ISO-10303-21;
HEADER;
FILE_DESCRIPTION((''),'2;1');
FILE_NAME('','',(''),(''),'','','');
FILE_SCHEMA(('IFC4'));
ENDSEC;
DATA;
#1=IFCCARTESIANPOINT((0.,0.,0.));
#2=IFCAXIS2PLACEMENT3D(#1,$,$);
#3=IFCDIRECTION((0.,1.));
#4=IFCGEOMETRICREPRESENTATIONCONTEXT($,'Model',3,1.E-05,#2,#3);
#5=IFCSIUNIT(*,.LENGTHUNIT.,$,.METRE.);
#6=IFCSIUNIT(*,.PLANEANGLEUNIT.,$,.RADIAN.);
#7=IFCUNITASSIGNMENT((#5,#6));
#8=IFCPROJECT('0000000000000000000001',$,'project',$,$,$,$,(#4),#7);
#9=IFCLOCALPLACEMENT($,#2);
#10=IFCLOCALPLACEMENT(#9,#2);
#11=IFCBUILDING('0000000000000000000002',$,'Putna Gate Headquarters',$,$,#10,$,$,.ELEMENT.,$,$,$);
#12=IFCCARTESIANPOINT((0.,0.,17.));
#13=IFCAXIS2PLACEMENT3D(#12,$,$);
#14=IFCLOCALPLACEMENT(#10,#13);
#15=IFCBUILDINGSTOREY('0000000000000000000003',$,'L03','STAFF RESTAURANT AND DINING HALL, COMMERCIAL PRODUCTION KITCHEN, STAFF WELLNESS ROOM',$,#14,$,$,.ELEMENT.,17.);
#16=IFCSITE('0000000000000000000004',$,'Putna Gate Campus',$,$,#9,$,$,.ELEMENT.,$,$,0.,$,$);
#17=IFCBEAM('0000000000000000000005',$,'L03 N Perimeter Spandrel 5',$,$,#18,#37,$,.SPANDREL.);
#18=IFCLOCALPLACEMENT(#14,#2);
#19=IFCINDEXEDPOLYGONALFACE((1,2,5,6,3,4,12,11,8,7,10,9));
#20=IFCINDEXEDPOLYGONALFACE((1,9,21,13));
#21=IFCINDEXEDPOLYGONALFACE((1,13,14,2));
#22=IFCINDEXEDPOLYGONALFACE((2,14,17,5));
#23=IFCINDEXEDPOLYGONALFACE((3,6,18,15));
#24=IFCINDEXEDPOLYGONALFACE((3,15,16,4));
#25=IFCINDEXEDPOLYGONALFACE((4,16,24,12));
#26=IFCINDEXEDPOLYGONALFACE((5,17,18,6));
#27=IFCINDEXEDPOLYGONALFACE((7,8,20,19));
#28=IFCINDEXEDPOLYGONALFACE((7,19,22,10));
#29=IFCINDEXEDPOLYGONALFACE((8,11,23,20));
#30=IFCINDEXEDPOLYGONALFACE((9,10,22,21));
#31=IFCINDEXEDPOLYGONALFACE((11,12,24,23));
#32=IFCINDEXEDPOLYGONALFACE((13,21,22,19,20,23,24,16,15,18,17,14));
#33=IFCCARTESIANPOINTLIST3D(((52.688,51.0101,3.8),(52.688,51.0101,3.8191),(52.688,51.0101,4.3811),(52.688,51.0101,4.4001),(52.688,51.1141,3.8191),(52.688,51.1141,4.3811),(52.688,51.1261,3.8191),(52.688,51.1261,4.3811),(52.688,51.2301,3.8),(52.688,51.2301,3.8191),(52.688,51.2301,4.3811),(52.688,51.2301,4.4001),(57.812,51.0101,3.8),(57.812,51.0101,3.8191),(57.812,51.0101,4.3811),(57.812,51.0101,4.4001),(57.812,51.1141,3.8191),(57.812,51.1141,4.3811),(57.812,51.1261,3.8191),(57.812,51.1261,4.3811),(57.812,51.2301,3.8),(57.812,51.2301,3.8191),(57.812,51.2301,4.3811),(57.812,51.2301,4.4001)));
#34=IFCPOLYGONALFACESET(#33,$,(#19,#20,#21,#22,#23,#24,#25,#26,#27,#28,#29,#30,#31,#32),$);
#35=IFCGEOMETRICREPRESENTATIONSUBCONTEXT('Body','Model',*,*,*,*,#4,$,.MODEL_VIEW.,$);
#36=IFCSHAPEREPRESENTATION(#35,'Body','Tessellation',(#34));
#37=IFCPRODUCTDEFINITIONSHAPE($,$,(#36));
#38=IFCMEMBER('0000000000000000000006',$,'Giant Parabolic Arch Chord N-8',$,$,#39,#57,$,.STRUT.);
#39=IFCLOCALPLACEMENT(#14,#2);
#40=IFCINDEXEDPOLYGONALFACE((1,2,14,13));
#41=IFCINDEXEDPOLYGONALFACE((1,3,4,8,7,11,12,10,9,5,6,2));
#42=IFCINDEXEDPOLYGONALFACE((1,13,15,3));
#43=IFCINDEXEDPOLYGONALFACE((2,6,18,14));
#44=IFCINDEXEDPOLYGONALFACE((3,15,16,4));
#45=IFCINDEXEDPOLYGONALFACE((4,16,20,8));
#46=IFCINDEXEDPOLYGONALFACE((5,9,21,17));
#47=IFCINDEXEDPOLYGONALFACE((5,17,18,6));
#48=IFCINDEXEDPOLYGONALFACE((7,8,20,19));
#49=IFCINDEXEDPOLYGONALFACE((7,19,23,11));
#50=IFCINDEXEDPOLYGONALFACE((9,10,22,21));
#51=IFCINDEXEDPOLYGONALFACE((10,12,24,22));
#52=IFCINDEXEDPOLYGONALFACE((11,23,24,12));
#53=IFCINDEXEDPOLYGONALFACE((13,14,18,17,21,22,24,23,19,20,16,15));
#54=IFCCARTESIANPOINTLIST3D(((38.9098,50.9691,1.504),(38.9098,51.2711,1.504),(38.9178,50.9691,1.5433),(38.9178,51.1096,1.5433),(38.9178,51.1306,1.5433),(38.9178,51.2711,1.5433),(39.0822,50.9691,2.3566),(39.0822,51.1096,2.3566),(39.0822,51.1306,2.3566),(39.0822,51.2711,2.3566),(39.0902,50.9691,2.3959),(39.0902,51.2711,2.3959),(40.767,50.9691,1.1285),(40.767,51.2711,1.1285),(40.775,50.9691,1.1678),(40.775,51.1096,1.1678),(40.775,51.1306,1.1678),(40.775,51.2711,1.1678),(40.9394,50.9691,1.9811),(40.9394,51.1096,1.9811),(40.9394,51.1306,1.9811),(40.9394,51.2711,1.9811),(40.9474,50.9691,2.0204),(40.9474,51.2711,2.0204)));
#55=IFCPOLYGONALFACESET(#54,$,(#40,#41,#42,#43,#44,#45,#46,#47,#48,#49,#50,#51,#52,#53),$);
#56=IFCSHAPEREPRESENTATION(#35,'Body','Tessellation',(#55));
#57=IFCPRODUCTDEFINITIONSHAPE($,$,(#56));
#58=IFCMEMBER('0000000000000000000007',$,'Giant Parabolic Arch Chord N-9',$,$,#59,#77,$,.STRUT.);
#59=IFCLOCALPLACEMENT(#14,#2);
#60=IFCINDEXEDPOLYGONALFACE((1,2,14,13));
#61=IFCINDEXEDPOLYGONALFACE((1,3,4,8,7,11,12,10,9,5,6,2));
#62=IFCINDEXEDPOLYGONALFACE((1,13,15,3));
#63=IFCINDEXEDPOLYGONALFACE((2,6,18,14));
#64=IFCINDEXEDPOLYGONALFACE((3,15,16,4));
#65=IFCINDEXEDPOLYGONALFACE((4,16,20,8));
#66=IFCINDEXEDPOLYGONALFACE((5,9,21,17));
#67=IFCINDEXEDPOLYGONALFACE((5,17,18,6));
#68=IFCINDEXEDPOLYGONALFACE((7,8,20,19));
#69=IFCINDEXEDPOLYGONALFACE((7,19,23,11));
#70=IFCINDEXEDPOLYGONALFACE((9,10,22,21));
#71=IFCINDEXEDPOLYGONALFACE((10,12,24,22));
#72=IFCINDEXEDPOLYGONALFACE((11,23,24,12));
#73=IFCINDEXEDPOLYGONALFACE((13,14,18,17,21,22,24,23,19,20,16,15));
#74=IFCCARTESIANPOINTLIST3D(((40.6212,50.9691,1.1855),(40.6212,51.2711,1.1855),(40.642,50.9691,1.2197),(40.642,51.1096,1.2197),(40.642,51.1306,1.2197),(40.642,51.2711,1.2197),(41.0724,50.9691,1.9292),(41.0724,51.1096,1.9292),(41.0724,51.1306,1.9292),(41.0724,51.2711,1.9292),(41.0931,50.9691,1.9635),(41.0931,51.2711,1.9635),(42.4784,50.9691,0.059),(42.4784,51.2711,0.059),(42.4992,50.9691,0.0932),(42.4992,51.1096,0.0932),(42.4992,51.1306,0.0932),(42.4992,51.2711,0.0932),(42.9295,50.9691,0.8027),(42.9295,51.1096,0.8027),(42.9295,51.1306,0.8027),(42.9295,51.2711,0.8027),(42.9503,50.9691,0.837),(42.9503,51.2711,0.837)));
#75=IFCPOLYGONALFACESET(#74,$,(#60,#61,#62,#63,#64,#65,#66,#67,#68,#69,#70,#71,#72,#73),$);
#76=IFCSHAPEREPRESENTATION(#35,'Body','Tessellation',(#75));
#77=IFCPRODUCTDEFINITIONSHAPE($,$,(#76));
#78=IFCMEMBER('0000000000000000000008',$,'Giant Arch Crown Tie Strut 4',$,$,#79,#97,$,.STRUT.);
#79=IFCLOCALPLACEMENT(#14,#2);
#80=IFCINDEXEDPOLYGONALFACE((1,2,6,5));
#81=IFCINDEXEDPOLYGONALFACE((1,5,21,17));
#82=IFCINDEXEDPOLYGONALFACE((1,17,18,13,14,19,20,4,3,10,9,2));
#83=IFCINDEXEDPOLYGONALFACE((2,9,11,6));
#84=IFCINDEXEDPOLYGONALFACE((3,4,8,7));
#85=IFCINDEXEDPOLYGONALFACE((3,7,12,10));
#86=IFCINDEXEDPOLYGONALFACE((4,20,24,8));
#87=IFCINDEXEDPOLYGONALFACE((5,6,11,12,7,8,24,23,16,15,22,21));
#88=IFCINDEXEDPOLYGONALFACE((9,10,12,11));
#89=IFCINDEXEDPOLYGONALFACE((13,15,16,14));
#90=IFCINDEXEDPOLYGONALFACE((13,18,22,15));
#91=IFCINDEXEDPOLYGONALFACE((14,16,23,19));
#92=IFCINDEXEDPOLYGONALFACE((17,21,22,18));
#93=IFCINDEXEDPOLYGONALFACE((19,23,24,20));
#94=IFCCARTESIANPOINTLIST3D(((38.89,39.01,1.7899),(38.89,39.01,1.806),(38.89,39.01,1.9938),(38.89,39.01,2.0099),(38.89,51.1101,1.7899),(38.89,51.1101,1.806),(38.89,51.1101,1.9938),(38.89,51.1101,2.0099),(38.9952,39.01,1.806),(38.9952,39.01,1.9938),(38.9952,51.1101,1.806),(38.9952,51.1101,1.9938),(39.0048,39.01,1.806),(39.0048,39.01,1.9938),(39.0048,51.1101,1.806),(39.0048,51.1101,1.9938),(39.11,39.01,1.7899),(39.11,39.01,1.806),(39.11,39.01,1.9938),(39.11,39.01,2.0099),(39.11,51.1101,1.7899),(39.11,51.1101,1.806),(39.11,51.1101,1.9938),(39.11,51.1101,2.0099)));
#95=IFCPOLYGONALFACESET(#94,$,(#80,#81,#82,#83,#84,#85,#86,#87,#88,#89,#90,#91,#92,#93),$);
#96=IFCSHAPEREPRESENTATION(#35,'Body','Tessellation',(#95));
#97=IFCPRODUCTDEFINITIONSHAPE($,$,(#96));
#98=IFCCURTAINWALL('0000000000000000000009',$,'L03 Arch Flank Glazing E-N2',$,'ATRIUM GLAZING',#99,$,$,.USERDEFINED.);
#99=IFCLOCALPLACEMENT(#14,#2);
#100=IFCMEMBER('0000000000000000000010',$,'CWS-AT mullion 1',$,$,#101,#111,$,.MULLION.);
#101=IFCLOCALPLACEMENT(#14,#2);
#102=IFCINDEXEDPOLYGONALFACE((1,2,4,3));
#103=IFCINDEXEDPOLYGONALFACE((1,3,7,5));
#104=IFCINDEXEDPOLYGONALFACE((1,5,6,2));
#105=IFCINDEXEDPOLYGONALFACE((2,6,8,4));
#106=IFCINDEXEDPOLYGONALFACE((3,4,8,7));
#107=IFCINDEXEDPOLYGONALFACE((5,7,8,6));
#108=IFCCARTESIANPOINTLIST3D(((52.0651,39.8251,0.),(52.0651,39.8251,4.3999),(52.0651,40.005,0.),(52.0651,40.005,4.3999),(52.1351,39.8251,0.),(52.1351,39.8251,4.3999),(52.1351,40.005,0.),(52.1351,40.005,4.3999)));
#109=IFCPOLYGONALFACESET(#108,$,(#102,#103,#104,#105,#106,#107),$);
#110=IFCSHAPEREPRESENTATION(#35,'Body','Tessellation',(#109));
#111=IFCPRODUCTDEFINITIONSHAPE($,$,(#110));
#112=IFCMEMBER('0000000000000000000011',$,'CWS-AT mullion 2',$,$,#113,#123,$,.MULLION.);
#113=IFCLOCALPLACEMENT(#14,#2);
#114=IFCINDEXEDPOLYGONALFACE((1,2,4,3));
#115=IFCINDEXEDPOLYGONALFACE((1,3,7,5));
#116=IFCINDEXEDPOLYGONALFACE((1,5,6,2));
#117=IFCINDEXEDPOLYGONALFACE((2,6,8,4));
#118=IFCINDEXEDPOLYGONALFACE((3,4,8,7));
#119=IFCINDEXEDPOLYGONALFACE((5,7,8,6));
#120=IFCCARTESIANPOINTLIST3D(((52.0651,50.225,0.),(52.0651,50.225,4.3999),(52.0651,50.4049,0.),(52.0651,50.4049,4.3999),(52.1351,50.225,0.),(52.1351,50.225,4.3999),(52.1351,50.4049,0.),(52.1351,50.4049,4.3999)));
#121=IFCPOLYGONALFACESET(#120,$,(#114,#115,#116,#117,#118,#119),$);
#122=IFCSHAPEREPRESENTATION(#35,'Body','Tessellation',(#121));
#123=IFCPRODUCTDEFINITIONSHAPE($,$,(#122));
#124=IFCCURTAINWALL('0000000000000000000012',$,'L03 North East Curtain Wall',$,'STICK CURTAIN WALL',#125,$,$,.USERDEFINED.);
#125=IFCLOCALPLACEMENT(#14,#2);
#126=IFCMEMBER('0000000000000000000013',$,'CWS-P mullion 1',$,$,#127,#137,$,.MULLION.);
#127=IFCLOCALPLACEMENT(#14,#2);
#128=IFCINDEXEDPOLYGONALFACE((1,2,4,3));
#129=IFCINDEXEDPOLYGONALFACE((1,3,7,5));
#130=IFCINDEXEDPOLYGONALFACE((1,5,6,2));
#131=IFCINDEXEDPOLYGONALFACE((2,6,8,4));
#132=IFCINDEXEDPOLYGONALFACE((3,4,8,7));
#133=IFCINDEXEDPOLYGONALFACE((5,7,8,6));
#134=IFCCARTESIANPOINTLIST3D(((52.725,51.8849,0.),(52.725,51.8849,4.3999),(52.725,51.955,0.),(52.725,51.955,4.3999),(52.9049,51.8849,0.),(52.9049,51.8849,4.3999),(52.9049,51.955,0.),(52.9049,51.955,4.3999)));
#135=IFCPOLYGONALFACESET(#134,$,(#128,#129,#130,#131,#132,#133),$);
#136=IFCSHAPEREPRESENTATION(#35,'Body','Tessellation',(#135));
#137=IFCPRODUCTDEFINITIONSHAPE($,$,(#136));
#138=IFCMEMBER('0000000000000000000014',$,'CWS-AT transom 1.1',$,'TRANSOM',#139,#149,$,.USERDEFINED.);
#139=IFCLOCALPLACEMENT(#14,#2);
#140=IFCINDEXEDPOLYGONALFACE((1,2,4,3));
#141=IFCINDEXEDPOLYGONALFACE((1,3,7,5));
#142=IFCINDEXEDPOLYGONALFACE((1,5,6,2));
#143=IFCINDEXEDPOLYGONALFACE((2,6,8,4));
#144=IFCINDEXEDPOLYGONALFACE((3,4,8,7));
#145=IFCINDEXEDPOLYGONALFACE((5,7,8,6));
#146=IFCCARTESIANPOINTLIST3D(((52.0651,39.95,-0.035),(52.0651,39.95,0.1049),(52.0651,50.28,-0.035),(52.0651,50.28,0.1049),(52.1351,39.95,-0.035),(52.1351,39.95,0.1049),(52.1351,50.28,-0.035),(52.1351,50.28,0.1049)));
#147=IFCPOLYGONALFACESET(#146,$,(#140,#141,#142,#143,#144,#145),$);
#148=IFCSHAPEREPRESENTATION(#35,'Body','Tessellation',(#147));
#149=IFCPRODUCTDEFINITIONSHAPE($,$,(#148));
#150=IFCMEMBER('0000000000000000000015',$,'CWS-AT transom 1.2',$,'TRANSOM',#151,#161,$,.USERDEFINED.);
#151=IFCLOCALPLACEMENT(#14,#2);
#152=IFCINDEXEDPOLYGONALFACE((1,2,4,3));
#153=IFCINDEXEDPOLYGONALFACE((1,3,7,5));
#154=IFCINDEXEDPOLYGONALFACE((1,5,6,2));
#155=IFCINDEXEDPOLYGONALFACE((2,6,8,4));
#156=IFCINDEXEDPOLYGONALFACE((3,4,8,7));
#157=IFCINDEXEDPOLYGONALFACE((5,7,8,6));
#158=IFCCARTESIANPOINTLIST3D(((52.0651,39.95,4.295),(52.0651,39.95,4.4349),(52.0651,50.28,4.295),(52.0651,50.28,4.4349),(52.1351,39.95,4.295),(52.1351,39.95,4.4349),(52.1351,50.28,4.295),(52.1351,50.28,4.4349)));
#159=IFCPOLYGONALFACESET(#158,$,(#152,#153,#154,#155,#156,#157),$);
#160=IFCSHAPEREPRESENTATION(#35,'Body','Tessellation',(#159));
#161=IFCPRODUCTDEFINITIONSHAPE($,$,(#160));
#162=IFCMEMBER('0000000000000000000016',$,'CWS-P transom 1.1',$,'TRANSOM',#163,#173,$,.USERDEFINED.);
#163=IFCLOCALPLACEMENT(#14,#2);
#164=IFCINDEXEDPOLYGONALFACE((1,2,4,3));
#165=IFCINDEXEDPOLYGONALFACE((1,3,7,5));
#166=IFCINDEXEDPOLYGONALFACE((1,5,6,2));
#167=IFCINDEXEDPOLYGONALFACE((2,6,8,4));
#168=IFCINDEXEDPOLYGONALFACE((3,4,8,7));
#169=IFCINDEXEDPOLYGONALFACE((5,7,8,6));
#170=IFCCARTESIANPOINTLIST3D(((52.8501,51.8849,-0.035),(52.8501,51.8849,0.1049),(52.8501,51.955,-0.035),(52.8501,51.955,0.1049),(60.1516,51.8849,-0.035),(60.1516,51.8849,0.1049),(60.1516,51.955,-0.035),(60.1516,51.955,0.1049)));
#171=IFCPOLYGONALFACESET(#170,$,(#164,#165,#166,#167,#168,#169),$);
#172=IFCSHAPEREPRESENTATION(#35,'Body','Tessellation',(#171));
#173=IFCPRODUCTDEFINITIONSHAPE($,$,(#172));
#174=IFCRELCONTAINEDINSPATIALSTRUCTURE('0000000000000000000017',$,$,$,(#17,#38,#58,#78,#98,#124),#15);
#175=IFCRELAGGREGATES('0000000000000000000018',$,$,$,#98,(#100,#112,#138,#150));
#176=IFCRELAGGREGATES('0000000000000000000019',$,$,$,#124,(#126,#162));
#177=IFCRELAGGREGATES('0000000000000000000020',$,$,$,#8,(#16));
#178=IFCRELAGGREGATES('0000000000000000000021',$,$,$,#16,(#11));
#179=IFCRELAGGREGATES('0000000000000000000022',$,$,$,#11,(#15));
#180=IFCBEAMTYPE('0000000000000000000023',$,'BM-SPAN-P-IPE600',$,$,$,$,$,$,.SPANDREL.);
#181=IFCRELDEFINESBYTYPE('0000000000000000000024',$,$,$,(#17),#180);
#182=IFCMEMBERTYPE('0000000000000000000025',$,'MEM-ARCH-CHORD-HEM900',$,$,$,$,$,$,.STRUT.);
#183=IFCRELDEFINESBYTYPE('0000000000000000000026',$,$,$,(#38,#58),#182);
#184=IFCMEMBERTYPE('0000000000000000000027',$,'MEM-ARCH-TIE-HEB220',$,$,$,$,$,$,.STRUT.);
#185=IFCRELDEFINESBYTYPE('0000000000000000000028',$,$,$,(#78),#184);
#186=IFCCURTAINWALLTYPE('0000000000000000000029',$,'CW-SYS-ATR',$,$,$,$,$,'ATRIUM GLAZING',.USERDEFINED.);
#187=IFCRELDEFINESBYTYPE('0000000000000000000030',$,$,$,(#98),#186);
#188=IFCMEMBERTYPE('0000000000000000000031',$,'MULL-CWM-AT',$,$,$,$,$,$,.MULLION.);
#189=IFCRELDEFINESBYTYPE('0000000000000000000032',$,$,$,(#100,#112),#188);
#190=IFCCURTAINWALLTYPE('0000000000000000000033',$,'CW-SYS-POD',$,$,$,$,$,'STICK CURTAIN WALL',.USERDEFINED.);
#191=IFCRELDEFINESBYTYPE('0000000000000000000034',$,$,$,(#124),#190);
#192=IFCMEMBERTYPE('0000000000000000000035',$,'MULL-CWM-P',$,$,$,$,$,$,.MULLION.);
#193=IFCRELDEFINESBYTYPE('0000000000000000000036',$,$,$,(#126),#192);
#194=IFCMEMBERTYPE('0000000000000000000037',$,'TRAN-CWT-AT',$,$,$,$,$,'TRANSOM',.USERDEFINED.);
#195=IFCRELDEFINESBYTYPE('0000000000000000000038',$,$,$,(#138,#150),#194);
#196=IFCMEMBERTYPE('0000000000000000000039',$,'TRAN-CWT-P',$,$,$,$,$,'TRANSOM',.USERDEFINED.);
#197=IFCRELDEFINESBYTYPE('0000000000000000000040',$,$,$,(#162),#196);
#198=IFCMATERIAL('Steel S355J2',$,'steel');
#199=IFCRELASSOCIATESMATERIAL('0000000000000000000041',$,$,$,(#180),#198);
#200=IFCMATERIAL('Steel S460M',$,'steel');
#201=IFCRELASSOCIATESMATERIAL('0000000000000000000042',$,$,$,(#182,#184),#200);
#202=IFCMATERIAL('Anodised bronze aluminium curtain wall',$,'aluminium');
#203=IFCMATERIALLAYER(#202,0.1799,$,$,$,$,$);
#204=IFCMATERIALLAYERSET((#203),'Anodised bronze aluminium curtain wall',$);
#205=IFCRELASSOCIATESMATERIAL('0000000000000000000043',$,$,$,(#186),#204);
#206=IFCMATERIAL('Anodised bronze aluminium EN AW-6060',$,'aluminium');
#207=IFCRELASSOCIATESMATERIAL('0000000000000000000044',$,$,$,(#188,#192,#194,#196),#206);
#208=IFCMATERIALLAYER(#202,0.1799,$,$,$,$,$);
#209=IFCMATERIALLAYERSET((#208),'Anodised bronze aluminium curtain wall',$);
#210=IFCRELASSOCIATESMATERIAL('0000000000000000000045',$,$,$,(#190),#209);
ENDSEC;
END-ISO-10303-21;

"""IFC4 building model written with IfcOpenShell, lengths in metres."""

from ifc_helpers import new_model, si_unit, direction, frame, origin, origin_2d, place, context, subcontext, project, spatial, rectangle, i_section, extrude, material, layer, layer_set, material_profile, profile_set, type_object, element, aggregate, save


model = new_model("IFC4")

# Units and contexts
model_context = context("Model", 3, precision=1e-05, world=origin(), true_north=direction((0.0, 1.0)))
body_context = subcontext(model_context, "Body", "Model", "MODEL_VIEW")
ifc_project = project(units=[si_unit("LENGTHUNIT", "METRE"), si_unit("PLANEANGLEUNIT", "RADIAN")], contexts=[model_context])

# Site, building, storey
site_placement = place(None, origin())
site = spatial("IfcSite", under=ifc_project, at=site_placement, Name="Putna Gate Campus", CompositionType="ELEMENT", RefElevation=0.0)
building_placement = place(site_placement, origin())
building = spatial("IfcBuilding", under=site, at=building_placement, Name="Putna Gate Headquarters", CompositionType="ELEMENT")
storey_placement = place(building_placement, frame((0.0, 0.0, 17.0)))
storey = spatial("IfcBuildingStorey", under=building, at=storey_placement, Name="L03", Description="STAFF RESTAURANT AND DINING HALL, COMMERCIAL PRODUCTION KITCHEN, STAFF WELLNESS ROOM", CompositionType="ELEMENT", Elevation=17.0)

# Beam
ifc_material_1 = material(Name="Steel S355J2", Category="steel")
ifc_material_profile_1 = material_profile(ifc_material_1, i_section(OverallWidth=0.22, OverallDepth=0.6001, WebThickness=0.012, FlangeThickness=0.019, at=origin_2d()), Name="Steel S355J2")
ifc_profile_set_1 = profile_set([ifc_material_profile_1], Name="Steel S355J2")
beam_type_1 = type_object("IfcBeamType", Name="BM-SPAN-P-IPE600", PredefinedType="SPANDREL", material=ifc_profile_set_1)
beam_1_placement = place(storey_placement, frame((52.688, 51.1201, 4.1001), z_axis=(1.0, 0.0, 0.0), x_axis=(0.0, 1.0, 0.0)))
element("IfcBeam", 1, at=beam_1_placement, inside=storey, type_object=beam_type_1, Name="L03 N Perimeter Spandrel 5", PredefinedType="SPANDREL", context=body_context, shape_type="SweptSolid", body=[
    extrude(i_section(OverallWidth=0.22, OverallDepth=0.6001, WebThickness=0.012, FlangeThickness=0.019, at=origin_2d()), origin(), (0.0, 0.0, 1.0), 5.124),
])

# Members
ifc_material_2 = material(Name="Steel S460M", Category="steel")
ifc_material_profile_2 = material_profile(ifc_material_2, i_section(OverallWidth=0.302, OverallDepth=0.9099, WebThickness=0.021, FlangeThickness=0.04, at=origin_2d()), Name="Steel S460M")
ifc_profile_set_2 = profile_set([ifc_material_profile_2], Name="Steel S460M")
member_type_1 = type_object("IfcMemberType", Name="MEM-ARCH-CHORD-HEM900", PredefinedType="STRUT", material=ifc_profile_set_2)
member_1_placement = place(storey_placement, frame((39.0, 51.1201, 1.95), z_axis=(0.980167, 0.0, -0.198172), x_axis=(0.0, 1.0, 0.0)))
element("IfcMember", 2, at=member_1_placement, inside=storey, type_object=member_type_1, Name="Giant Parabolic Arch Chord N-8", PredefinedType="STRUT", context=body_context, shape_type="SweptSolid", body=[
    extrude(i_section(OverallWidth=0.302, OverallDepth=0.9099, WebThickness=0.021, FlangeThickness=0.04, at=origin_2d()), origin(), (0.0, 0.0, 1.0), 1.8948),
])
member_2_placement = place(storey_placement, frame((40.8572, 51.1201, 1.5745), z_axis=(0.855014, 0.0, -0.518606), x_axis=(0.0, 1.0, 0.0)))
element("IfcMember", 3, at=member_2_placement, inside=storey, type_object=member_type_1, Name="Giant Parabolic Arch Chord N-9", PredefinedType="STRUT", context=body_context, shape_type="SweptSolid", body=[
    extrude(i_section(OverallWidth=0.302, OverallDepth=0.9099, WebThickness=0.021, FlangeThickness=0.04, at=origin_2d()), origin(), (0.0, 0.0, 1.0), 2.1721),
])
ifc_material_profile_3 = material_profile(ifc_material_2, i_section(OverallWidth=0.22, OverallDepth=0.22, WebThickness=0.0095, FlangeThickness=0.0161, at=origin_2d()), Name="Steel S460M")
ifc_profile_set_3 = profile_set([ifc_material_profile_3], Name="Steel S460M")
member_type_2 = type_object("IfcMemberType", Name="MEM-ARCH-TIE-HEB220", PredefinedType="STRUT", material=ifc_profile_set_3)
member_3_placement = place(storey_placement, frame((39.0, 39.01, 1.8999), z_axis=(0.0, 1.0, 0.0), x_axis=(-1.0, 0.0, 0.0)))
element("IfcMember", 4, at=member_3_placement, inside=storey, type_object=member_type_2, Name="Giant Arch Crown Tie Strut 4", PredefinedType="STRUT", context=body_context, shape_type="SweptSolid", body=[
    extrude(i_section(OverallWidth=0.22, OverallDepth=0.22, WebThickness=0.0095, FlangeThickness=0.0161, at=origin_2d()), origin(), (0.0, 0.0, 1.0), 12.1001),
])

# Curtain wall, members
ifc_material_3 = material(Name="Anodised bronze aluminium curtain wall", Category="aluminium")
ifc_layer_1 = layer(ifc_material_3, 0.1799)
ifc_layer_set_1 = layer_set([ifc_layer_1], Name="Anodised bronze aluminium curtain wall")
curtain_wall_type_1 = type_object("IfcCurtainWallType", Name="CW-SYS-ATR", ElementType="ATRIUM GLAZING", PredefinedType="USERDEFINED", material=ifc_layer_set_1)
curtain_wall_1_placement = place(storey_placement, origin())
curtain_wall_1 = element("IfcCurtainWall", 5, at=curtain_wall_1_placement, inside=storey, type_object=curtain_wall_type_1, Name="L03 Arch Flank Glazing E-N2", ObjectType="ATRIUM GLAZING", PredefinedType="USERDEFINED")
ifc_material_4 = material(Name="Anodised bronze aluminium EN AW-6060", Category="aluminium")
ifc_material_profile_4 = material_profile(ifc_material_4, rectangle(XDim=0.0701, YDim=0.1799, at=origin_2d()), Name="Anodised bronze aluminium EN AW-6060")
ifc_profile_set_4 = profile_set([ifc_material_profile_4], Name="Anodised bronze aluminium EN AW-6060")
member_type_3 = type_object("IfcMemberType", Name="MULL-CWM-AT", PredefinedType="MULLION", material=ifc_profile_set_4)
member_4_placement = place(storey_placement, frame((52.1001, 39.915, 0.0), z_axis=(0.0, 0.0, 1.0), x_axis=(-1.0, 0.0, 0.0)))
member_4 = element("IfcMember", 6, at=member_4_placement, type_object=member_type_3, Name="CWS-AT mullion 1", PredefinedType="MULLION", context=body_context, shape_type="SweptSolid", body=[
    extrude(rectangle(XDim=0.0701, YDim=0.1799, at=origin_2d()), origin(), (0.0, 0.0, 1.0), 4.3999),
])
member_5_placement = place(storey_placement, frame((52.1001, 50.3149, 0.0), z_axis=(0.0, 0.0, 1.0), x_axis=(-1.0, 0.0, 0.0)))
member_5 = element("IfcMember", 7, at=member_5_placement, type_object=member_type_3, Name="CWS-AT mullion 2", PredefinedType="MULLION", context=body_context, shape_type="SweptSolid", body=[
    extrude(rectangle(XDim=0.0701, YDim=0.1799, at=origin_2d()), origin(), (0.0, 0.0, 1.0), 4.3999),
])

# Curtain wall, member
ifc_layer_2 = layer(ifc_material_3, 0.1799)
ifc_layer_set_2 = layer_set([ifc_layer_2], Name="Anodised bronze aluminium curtain wall")
curtain_wall_type_2 = type_object("IfcCurtainWallType", Name="CW-SYS-POD", ElementType="STICK CURTAIN WALL", PredefinedType="USERDEFINED", material=ifc_layer_set_2)
curtain_wall_2_placement = place(storey_placement, origin())
curtain_wall_2 = element("IfcCurtainWall", 8, at=curtain_wall_2_placement, inside=storey, type_object=curtain_wall_type_2, Name="L03 North East Curtain Wall", ObjectType="STICK CURTAIN WALL", PredefinedType="USERDEFINED")
ifc_material_profile_5 = material_profile(ifc_material_4, rectangle(XDim=0.0701, YDim=0.1799, at=origin_2d()), Name="Anodised bronze aluminium EN AW-6060")
ifc_profile_set_5 = profile_set([ifc_material_profile_5], Name="Anodised bronze aluminium EN AW-6060")
member_type_4 = type_object("IfcMemberType", Name="MULL-CWM-P", PredefinedType="MULLION", material=ifc_profile_set_5)
member_6_placement = place(storey_placement, frame((52.8149, 51.9199, 0.0), z_axis=(0.0, 0.0, 1.0), x_axis=(0.0, 1.0, 0.0)))
member_6 = element("IfcMember", 9, at=member_6_placement, type_object=member_type_4, Name="CWS-P mullion 1", PredefinedType="MULLION", context=body_context, shape_type="SweptSolid", body=[
    extrude(rectangle(XDim=0.0701, YDim=0.1799, at=origin_2d()), origin(), (0.0, 0.0, 1.0), 4.3999),
])

# Members
ifc_material_profile_6 = material_profile(ifc_material_4, rectangle(XDim=0.0701, YDim=0.1399, at=origin_2d()), Name="Anodised bronze aluminium EN AW-6060")
ifc_profile_set_6 = profile_set([ifc_material_profile_6], Name="Anodised bronze aluminium EN AW-6060")
member_type_5 = type_object("IfcMemberType", Name="TRAN-CWT-AT", ElementType="TRANSOM", PredefinedType="USERDEFINED", material=ifc_profile_set_6)
member_7_placement = place(storey_placement, frame((52.1001, 39.95, 0.0349), z_axis=(0.0, 1.0, 0.0), x_axis=(-1.0, 0.0, 0.0)))
member_7 = element("IfcMember", 10, at=member_7_placement, type_object=member_type_5, Name="CWS-AT transom 1.1", ObjectType="TRANSOM", PredefinedType="USERDEFINED", context=body_context, shape_type="SweptSolid", body=[
    extrude(rectangle(XDim=0.0701, YDim=0.1399, at=origin_2d()), origin(), (0.0, 0.0, 1.0), 10.3301),
])
member_8_placement = place(storey_placement, frame((52.1001, 39.95, 4.365), z_axis=(0.0, 1.0, 0.0), x_axis=(-1.0, 0.0, 0.0)))
member_8 = element("IfcMember", 11, at=member_8_placement, type_object=member_type_5, Name="CWS-AT transom 1.2", ObjectType="TRANSOM", PredefinedType="USERDEFINED", context=body_context, shape_type="SweptSolid", body=[
    extrude(rectangle(XDim=0.0701, YDim=0.1399, at=origin_2d()), origin(), (0.0, 0.0, 1.0), 10.3301),
])
ifc_material_profile_7 = material_profile(ifc_material_4, rectangle(XDim=0.0701, YDim=0.1399, at=origin_2d()), Name="Anodised bronze aluminium EN AW-6060")
ifc_profile_set_7 = profile_set([ifc_material_profile_7], Name="Anodised bronze aluminium EN AW-6060")
member_type_6 = type_object("IfcMemberType", Name="TRAN-CWT-P", ElementType="TRANSOM", PredefinedType="USERDEFINED", material=ifc_profile_set_7)
member_9_placement = place(storey_placement, frame((52.8501, 51.9199, 0.0349), z_axis=(1.0, 0.0, 0.0), x_axis=(0.0, 1.0, 0.0)))
member_9 = element("IfcMember", 12, at=member_9_placement, type_object=member_type_6, Name="CWS-P transom 1.1", ObjectType="TRANSOM", PredefinedType="USERDEFINED", context=body_context, shape_type="SweptSolid", body=[
    extrude(rectangle(XDim=0.0701, YDim=0.1399, at=origin_2d()), origin(), (0.0, 0.0, 1.0), 7.3015),
])

aggregate(curtain_wall_1, [member_4, member_5, member_7, member_8])
aggregate(curtain_wall_2, [member_6, member_9])

save(model, "model.ifc")
